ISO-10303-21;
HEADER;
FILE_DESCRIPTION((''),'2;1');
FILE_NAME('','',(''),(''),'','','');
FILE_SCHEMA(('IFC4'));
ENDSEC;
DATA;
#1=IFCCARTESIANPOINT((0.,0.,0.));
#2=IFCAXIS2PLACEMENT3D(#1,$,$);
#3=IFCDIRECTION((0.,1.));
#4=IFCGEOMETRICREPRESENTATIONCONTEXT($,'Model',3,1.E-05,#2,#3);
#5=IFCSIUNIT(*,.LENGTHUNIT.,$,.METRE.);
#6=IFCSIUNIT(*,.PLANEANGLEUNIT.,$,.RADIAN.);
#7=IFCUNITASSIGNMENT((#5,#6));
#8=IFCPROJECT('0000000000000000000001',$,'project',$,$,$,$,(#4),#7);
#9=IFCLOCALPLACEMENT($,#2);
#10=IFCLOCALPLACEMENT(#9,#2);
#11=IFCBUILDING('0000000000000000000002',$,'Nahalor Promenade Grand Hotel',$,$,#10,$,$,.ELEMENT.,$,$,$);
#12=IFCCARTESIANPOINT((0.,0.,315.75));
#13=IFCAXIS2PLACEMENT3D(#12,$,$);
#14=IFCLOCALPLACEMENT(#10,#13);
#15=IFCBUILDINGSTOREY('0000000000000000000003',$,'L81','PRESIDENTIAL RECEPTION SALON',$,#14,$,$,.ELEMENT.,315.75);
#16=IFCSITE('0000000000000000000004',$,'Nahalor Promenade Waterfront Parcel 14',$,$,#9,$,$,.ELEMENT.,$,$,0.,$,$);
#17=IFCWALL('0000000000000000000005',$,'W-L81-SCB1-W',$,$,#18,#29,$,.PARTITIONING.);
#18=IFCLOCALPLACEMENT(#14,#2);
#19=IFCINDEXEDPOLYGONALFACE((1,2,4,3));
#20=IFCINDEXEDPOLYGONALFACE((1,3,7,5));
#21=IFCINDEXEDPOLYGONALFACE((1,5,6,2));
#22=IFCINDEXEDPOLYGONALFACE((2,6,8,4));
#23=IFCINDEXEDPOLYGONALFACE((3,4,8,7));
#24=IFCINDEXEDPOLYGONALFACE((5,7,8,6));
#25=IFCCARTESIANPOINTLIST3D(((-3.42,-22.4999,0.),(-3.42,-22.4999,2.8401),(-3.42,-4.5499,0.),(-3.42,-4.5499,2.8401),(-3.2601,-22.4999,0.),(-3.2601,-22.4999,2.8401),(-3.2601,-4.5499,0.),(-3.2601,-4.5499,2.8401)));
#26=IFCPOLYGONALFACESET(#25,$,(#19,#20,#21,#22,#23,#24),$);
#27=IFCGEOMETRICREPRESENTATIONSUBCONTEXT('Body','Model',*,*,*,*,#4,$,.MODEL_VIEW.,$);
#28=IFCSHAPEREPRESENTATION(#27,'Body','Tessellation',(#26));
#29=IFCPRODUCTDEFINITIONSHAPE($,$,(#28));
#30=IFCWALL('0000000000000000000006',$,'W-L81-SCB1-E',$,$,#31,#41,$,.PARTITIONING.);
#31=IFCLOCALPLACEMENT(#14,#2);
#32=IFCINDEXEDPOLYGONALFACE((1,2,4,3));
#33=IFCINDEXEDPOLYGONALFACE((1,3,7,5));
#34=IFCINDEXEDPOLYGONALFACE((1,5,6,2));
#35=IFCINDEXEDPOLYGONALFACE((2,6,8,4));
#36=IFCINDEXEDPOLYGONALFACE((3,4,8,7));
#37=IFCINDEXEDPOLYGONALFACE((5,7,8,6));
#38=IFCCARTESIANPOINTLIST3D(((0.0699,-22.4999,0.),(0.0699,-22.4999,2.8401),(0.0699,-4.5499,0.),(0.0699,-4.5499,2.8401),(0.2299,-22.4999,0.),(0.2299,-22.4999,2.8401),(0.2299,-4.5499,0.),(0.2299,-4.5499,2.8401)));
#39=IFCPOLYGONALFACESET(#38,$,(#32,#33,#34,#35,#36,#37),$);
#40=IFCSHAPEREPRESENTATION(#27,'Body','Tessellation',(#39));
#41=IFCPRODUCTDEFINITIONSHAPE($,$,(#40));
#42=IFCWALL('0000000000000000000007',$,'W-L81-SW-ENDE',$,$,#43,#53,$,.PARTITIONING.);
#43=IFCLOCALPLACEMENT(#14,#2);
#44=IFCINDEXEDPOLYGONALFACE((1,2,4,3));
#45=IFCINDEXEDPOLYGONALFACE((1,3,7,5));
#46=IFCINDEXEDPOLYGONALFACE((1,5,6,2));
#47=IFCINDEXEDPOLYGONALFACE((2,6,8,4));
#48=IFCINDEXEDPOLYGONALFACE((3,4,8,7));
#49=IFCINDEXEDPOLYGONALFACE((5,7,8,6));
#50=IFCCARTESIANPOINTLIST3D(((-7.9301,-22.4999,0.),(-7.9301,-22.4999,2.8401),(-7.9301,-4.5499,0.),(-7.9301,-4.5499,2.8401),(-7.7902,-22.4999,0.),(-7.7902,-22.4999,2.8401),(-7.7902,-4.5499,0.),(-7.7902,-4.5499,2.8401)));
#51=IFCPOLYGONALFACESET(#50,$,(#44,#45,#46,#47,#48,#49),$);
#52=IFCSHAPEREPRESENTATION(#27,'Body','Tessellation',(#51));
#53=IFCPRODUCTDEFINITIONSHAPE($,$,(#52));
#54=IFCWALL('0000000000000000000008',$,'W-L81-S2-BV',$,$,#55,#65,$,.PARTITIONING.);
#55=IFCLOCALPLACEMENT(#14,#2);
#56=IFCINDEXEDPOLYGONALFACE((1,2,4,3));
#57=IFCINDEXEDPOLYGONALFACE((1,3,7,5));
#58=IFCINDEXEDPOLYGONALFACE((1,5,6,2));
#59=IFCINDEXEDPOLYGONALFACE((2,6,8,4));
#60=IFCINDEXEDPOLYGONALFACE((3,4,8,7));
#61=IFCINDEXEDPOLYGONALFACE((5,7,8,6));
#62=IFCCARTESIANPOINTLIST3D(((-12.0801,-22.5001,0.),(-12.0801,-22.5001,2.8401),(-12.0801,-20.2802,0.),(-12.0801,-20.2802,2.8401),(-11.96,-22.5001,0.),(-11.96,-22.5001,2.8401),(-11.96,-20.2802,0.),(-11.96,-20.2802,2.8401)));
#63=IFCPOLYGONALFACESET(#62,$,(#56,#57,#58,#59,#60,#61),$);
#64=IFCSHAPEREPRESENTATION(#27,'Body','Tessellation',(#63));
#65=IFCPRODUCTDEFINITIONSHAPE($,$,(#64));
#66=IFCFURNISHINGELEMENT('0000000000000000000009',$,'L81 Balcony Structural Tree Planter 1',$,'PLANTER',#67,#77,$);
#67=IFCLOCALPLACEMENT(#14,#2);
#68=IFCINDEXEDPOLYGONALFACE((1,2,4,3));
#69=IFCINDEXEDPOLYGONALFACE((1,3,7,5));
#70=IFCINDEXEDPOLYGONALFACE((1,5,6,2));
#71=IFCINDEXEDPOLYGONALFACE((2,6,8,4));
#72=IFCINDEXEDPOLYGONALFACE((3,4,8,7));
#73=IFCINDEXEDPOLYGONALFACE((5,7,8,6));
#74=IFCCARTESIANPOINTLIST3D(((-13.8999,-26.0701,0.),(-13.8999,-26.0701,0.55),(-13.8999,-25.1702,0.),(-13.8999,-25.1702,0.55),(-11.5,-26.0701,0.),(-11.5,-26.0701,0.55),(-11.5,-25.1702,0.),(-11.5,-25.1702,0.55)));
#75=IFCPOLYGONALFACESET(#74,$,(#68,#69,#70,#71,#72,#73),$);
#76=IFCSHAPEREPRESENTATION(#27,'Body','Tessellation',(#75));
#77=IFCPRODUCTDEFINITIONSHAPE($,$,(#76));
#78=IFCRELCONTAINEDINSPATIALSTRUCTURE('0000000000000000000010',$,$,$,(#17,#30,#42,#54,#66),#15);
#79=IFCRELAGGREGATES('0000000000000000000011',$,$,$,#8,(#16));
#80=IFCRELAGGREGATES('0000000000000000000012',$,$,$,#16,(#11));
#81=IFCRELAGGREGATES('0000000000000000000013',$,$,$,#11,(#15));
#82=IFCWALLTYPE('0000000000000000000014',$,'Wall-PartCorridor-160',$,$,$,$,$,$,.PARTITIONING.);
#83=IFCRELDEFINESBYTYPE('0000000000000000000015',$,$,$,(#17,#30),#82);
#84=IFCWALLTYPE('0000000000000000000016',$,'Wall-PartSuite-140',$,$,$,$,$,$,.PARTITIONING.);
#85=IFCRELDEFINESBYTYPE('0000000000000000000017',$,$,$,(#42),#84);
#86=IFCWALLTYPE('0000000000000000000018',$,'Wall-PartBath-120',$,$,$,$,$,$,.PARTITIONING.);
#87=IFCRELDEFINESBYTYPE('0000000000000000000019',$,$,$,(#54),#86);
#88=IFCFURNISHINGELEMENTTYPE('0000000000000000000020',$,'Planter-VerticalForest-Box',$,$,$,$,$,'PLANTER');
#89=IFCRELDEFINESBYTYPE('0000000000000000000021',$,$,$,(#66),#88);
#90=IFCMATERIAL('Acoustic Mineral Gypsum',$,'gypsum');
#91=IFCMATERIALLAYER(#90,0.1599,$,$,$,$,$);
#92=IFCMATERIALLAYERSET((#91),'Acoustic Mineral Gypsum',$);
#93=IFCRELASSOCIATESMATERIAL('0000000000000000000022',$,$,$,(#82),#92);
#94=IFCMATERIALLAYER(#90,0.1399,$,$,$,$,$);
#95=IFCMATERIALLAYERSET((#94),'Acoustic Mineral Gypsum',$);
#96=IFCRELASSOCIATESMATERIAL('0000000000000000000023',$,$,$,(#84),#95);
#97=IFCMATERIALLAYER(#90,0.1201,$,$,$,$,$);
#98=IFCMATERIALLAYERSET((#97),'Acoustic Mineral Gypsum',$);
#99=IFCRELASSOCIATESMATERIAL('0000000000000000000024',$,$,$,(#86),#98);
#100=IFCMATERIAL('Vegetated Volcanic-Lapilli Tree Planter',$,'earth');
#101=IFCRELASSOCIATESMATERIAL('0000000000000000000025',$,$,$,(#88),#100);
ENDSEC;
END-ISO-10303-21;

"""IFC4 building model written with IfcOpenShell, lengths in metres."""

from ifc_helpers import new_model, si_unit, direction, frame, frame_2d, origin, origin_2d, place, context, subcontext, project, spatial, rectangle, extrude, source, transform, mapped, material, layer, layer_set, type_object, element, save


model = new_model("IFC4")

# Units and contexts
model_context = context("Model", 3, precision=1e-05, world=origin(), true_north=direction((0.0, 1.0)))
body_context = subcontext(model_context, "Body", "Model", "MODEL_VIEW")
ifc_project = project(units=[si_unit("LENGTHUNIT", "METRE"), si_unit("PLANEANGLEUNIT", "RADIAN")], contexts=[model_context])

# Site, building, storey
site_placement = place(None, origin())
site = spatial("IfcSite", under=ifc_project, at=site_placement, Name="Nahalor Promenade Waterfront Parcel 14", CompositionType="ELEMENT", RefElevation=0.0)
building_placement = place(site_placement, origin())
building = spatial("IfcBuilding", under=site, at=building_placement, Name="Nahalor Promenade Grand Hotel", CompositionType="ELEMENT")
storey_placement = place(building_placement, frame((0.0, 0.0, 315.75)))
storey = spatial("IfcBuildingStorey", under=building, at=storey_placement, Name="L81", Description="PRESIDENTIAL RECEPTION SALON", CompositionType="ELEMENT", Elevation=315.75)

# Walls
ifc_material_1 = material(Name="Acoustic Mineral Gypsum", Category="gypsum")
ifc_layer_1 = layer(ifc_material_1, 0.1599)
ifc_layer_set_1 = layer_set([ifc_layer_1], Name="Acoustic Mineral Gypsum")
wall_type_1 = type_object("IfcWallType", Name="Wall-PartCorridor-160", PredefinedType="PARTITIONING", material=ifc_layer_set_1)
shared_shape_1 = source(origin(), body_context, "Body", "SweptSolid", [
    extrude(rectangle(XDim=17.95, YDim=0.1599, at=frame_2d((8.9751, 0.0))), origin(), (0.0, 0.0, 1.0), 2.8401),
])
for number, where, z_axis, x_axis, name in (
    (1, (-3.3401, -22.5, 0.0), (0.0, 0.0, 1.0), (0.0, 1.0, 0.0), "W-L81-SCB1-W"),
    (2, (0.1499, -22.5, 0.0), (0.0, 0.0, 1.0), (0.0, 1.0, 0.0), "W-L81-SCB1-E"),
):
    element("IfcWall", number, at=place(storey_placement, frame(where, z_axis=z_axis, x_axis=x_axis)), inside=storey, type_object=wall_type_1, Name=name, PredefinedType="PARTITIONING", context=body_context, shape_type="MappedRepresentation", body=[
        mapped(shared_shape_1, transform((0.0, 0.0, 0.0), scale=1.0)),
    ])
ifc_layer_2 = layer(ifc_material_1, 0.1399)
ifc_layer_set_2 = layer_set([ifc_layer_2], Name="Acoustic Mineral Gypsum")
wall_type_2 = type_object("IfcWallType", Name="Wall-PartSuite-140", PredefinedType="PARTITIONING", material=ifc_layer_set_2)
shared_shape_2 = source(origin(), body_context, "Body", "SweptSolid", [
    extrude(rectangle(XDim=17.95, YDim=0.1399, at=frame_2d((8.9751, 0.0))), origin(), (0.0, 0.0, 1.0), 2.8401),
])
wall_1_placement = place(storey_placement, frame((-7.8601, -22.5, 0.0), z_axis=(0.0, 0.0, 1.0), x_axis=(0.0, 1.0, 0.0)))
element("IfcWall", 3, at=wall_1_placement, inside=storey, type_object=wall_type_2, Name="W-L81-SW-ENDE", PredefinedType="PARTITIONING", context=body_context, shape_type="MappedRepresentation", body=[
    mapped(shared_shape_2, transform((0.0, 0.0, 0.0), scale=1.0)),
])
ifc_layer_3 = layer(ifc_material_1, 0.1201)
ifc_layer_set_3 = layer_set([ifc_layer_3], Name="Acoustic Mineral Gypsum")
wall_type_3 = type_object("IfcWallType", Name="Wall-PartBath-120", PredefinedType="PARTITIONING", material=ifc_layer_set_3)
shared_shape_3 = source(origin(), body_context, "Body", "SweptSolid", [
    extrude(rectangle(XDim=2.22, YDim=0.1201, at=frame_2d((1.1099, 0.0))), origin(), (0.0, 0.0, 1.0), 2.8401),
])
wall_2_placement = place(storey_placement, frame((-12.02, -22.5, 0.0), z_axis=(0.0, 0.0, 1.0), x_axis=(0.0, 1.0, 0.0)))
element("IfcWall", 4, at=wall_2_placement, inside=storey, type_object=wall_type_3, Name="W-L81-S2-BV", PredefinedType="PARTITIONING", context=body_context, shape_type="MappedRepresentation", body=[
    mapped(shared_shape_3, transform((0.0, 0.0, 0.0), scale=1.0)),
])

# Furnishing element
ifc_material_2 = material(Name="Vegetated Volcanic-Lapilli Tree Planter", Category="earth")
furnishing_element_type = type_object("IfcFurnishingElementType", Name="Planter-VerticalForest-Box", ElementType="PLANTER", material=ifc_material_2)
shared_shape_4 = source(origin(), body_context, "Body", "SweptSolid", [
    extrude(rectangle(XDim=2.3999, YDim=0.8999, at=origin_2d()), origin(), (0.0, 0.0, 1.0), 0.55),
])
furnishing_placement = place(storey_placement, frame((-12.7, -25.6201, 0.0), z_axis=(0.0, 0.0, 1.0), x_axis=(1.0, 0.0, 0.0)))
element("IfcFurnishingElement", 5, at=furnishing_placement, inside=storey, type_object=furnishing_element_type, Name="L81 Balcony Structural Tree Planter 1", ObjectType="PLANTER", context=body_context, shape_type="MappedRepresentation", body=[
    mapped(shared_shape_4, transform((0.0, 0.0, 0.0), scale=1.0)),
])

save(model, "model.ifc")
